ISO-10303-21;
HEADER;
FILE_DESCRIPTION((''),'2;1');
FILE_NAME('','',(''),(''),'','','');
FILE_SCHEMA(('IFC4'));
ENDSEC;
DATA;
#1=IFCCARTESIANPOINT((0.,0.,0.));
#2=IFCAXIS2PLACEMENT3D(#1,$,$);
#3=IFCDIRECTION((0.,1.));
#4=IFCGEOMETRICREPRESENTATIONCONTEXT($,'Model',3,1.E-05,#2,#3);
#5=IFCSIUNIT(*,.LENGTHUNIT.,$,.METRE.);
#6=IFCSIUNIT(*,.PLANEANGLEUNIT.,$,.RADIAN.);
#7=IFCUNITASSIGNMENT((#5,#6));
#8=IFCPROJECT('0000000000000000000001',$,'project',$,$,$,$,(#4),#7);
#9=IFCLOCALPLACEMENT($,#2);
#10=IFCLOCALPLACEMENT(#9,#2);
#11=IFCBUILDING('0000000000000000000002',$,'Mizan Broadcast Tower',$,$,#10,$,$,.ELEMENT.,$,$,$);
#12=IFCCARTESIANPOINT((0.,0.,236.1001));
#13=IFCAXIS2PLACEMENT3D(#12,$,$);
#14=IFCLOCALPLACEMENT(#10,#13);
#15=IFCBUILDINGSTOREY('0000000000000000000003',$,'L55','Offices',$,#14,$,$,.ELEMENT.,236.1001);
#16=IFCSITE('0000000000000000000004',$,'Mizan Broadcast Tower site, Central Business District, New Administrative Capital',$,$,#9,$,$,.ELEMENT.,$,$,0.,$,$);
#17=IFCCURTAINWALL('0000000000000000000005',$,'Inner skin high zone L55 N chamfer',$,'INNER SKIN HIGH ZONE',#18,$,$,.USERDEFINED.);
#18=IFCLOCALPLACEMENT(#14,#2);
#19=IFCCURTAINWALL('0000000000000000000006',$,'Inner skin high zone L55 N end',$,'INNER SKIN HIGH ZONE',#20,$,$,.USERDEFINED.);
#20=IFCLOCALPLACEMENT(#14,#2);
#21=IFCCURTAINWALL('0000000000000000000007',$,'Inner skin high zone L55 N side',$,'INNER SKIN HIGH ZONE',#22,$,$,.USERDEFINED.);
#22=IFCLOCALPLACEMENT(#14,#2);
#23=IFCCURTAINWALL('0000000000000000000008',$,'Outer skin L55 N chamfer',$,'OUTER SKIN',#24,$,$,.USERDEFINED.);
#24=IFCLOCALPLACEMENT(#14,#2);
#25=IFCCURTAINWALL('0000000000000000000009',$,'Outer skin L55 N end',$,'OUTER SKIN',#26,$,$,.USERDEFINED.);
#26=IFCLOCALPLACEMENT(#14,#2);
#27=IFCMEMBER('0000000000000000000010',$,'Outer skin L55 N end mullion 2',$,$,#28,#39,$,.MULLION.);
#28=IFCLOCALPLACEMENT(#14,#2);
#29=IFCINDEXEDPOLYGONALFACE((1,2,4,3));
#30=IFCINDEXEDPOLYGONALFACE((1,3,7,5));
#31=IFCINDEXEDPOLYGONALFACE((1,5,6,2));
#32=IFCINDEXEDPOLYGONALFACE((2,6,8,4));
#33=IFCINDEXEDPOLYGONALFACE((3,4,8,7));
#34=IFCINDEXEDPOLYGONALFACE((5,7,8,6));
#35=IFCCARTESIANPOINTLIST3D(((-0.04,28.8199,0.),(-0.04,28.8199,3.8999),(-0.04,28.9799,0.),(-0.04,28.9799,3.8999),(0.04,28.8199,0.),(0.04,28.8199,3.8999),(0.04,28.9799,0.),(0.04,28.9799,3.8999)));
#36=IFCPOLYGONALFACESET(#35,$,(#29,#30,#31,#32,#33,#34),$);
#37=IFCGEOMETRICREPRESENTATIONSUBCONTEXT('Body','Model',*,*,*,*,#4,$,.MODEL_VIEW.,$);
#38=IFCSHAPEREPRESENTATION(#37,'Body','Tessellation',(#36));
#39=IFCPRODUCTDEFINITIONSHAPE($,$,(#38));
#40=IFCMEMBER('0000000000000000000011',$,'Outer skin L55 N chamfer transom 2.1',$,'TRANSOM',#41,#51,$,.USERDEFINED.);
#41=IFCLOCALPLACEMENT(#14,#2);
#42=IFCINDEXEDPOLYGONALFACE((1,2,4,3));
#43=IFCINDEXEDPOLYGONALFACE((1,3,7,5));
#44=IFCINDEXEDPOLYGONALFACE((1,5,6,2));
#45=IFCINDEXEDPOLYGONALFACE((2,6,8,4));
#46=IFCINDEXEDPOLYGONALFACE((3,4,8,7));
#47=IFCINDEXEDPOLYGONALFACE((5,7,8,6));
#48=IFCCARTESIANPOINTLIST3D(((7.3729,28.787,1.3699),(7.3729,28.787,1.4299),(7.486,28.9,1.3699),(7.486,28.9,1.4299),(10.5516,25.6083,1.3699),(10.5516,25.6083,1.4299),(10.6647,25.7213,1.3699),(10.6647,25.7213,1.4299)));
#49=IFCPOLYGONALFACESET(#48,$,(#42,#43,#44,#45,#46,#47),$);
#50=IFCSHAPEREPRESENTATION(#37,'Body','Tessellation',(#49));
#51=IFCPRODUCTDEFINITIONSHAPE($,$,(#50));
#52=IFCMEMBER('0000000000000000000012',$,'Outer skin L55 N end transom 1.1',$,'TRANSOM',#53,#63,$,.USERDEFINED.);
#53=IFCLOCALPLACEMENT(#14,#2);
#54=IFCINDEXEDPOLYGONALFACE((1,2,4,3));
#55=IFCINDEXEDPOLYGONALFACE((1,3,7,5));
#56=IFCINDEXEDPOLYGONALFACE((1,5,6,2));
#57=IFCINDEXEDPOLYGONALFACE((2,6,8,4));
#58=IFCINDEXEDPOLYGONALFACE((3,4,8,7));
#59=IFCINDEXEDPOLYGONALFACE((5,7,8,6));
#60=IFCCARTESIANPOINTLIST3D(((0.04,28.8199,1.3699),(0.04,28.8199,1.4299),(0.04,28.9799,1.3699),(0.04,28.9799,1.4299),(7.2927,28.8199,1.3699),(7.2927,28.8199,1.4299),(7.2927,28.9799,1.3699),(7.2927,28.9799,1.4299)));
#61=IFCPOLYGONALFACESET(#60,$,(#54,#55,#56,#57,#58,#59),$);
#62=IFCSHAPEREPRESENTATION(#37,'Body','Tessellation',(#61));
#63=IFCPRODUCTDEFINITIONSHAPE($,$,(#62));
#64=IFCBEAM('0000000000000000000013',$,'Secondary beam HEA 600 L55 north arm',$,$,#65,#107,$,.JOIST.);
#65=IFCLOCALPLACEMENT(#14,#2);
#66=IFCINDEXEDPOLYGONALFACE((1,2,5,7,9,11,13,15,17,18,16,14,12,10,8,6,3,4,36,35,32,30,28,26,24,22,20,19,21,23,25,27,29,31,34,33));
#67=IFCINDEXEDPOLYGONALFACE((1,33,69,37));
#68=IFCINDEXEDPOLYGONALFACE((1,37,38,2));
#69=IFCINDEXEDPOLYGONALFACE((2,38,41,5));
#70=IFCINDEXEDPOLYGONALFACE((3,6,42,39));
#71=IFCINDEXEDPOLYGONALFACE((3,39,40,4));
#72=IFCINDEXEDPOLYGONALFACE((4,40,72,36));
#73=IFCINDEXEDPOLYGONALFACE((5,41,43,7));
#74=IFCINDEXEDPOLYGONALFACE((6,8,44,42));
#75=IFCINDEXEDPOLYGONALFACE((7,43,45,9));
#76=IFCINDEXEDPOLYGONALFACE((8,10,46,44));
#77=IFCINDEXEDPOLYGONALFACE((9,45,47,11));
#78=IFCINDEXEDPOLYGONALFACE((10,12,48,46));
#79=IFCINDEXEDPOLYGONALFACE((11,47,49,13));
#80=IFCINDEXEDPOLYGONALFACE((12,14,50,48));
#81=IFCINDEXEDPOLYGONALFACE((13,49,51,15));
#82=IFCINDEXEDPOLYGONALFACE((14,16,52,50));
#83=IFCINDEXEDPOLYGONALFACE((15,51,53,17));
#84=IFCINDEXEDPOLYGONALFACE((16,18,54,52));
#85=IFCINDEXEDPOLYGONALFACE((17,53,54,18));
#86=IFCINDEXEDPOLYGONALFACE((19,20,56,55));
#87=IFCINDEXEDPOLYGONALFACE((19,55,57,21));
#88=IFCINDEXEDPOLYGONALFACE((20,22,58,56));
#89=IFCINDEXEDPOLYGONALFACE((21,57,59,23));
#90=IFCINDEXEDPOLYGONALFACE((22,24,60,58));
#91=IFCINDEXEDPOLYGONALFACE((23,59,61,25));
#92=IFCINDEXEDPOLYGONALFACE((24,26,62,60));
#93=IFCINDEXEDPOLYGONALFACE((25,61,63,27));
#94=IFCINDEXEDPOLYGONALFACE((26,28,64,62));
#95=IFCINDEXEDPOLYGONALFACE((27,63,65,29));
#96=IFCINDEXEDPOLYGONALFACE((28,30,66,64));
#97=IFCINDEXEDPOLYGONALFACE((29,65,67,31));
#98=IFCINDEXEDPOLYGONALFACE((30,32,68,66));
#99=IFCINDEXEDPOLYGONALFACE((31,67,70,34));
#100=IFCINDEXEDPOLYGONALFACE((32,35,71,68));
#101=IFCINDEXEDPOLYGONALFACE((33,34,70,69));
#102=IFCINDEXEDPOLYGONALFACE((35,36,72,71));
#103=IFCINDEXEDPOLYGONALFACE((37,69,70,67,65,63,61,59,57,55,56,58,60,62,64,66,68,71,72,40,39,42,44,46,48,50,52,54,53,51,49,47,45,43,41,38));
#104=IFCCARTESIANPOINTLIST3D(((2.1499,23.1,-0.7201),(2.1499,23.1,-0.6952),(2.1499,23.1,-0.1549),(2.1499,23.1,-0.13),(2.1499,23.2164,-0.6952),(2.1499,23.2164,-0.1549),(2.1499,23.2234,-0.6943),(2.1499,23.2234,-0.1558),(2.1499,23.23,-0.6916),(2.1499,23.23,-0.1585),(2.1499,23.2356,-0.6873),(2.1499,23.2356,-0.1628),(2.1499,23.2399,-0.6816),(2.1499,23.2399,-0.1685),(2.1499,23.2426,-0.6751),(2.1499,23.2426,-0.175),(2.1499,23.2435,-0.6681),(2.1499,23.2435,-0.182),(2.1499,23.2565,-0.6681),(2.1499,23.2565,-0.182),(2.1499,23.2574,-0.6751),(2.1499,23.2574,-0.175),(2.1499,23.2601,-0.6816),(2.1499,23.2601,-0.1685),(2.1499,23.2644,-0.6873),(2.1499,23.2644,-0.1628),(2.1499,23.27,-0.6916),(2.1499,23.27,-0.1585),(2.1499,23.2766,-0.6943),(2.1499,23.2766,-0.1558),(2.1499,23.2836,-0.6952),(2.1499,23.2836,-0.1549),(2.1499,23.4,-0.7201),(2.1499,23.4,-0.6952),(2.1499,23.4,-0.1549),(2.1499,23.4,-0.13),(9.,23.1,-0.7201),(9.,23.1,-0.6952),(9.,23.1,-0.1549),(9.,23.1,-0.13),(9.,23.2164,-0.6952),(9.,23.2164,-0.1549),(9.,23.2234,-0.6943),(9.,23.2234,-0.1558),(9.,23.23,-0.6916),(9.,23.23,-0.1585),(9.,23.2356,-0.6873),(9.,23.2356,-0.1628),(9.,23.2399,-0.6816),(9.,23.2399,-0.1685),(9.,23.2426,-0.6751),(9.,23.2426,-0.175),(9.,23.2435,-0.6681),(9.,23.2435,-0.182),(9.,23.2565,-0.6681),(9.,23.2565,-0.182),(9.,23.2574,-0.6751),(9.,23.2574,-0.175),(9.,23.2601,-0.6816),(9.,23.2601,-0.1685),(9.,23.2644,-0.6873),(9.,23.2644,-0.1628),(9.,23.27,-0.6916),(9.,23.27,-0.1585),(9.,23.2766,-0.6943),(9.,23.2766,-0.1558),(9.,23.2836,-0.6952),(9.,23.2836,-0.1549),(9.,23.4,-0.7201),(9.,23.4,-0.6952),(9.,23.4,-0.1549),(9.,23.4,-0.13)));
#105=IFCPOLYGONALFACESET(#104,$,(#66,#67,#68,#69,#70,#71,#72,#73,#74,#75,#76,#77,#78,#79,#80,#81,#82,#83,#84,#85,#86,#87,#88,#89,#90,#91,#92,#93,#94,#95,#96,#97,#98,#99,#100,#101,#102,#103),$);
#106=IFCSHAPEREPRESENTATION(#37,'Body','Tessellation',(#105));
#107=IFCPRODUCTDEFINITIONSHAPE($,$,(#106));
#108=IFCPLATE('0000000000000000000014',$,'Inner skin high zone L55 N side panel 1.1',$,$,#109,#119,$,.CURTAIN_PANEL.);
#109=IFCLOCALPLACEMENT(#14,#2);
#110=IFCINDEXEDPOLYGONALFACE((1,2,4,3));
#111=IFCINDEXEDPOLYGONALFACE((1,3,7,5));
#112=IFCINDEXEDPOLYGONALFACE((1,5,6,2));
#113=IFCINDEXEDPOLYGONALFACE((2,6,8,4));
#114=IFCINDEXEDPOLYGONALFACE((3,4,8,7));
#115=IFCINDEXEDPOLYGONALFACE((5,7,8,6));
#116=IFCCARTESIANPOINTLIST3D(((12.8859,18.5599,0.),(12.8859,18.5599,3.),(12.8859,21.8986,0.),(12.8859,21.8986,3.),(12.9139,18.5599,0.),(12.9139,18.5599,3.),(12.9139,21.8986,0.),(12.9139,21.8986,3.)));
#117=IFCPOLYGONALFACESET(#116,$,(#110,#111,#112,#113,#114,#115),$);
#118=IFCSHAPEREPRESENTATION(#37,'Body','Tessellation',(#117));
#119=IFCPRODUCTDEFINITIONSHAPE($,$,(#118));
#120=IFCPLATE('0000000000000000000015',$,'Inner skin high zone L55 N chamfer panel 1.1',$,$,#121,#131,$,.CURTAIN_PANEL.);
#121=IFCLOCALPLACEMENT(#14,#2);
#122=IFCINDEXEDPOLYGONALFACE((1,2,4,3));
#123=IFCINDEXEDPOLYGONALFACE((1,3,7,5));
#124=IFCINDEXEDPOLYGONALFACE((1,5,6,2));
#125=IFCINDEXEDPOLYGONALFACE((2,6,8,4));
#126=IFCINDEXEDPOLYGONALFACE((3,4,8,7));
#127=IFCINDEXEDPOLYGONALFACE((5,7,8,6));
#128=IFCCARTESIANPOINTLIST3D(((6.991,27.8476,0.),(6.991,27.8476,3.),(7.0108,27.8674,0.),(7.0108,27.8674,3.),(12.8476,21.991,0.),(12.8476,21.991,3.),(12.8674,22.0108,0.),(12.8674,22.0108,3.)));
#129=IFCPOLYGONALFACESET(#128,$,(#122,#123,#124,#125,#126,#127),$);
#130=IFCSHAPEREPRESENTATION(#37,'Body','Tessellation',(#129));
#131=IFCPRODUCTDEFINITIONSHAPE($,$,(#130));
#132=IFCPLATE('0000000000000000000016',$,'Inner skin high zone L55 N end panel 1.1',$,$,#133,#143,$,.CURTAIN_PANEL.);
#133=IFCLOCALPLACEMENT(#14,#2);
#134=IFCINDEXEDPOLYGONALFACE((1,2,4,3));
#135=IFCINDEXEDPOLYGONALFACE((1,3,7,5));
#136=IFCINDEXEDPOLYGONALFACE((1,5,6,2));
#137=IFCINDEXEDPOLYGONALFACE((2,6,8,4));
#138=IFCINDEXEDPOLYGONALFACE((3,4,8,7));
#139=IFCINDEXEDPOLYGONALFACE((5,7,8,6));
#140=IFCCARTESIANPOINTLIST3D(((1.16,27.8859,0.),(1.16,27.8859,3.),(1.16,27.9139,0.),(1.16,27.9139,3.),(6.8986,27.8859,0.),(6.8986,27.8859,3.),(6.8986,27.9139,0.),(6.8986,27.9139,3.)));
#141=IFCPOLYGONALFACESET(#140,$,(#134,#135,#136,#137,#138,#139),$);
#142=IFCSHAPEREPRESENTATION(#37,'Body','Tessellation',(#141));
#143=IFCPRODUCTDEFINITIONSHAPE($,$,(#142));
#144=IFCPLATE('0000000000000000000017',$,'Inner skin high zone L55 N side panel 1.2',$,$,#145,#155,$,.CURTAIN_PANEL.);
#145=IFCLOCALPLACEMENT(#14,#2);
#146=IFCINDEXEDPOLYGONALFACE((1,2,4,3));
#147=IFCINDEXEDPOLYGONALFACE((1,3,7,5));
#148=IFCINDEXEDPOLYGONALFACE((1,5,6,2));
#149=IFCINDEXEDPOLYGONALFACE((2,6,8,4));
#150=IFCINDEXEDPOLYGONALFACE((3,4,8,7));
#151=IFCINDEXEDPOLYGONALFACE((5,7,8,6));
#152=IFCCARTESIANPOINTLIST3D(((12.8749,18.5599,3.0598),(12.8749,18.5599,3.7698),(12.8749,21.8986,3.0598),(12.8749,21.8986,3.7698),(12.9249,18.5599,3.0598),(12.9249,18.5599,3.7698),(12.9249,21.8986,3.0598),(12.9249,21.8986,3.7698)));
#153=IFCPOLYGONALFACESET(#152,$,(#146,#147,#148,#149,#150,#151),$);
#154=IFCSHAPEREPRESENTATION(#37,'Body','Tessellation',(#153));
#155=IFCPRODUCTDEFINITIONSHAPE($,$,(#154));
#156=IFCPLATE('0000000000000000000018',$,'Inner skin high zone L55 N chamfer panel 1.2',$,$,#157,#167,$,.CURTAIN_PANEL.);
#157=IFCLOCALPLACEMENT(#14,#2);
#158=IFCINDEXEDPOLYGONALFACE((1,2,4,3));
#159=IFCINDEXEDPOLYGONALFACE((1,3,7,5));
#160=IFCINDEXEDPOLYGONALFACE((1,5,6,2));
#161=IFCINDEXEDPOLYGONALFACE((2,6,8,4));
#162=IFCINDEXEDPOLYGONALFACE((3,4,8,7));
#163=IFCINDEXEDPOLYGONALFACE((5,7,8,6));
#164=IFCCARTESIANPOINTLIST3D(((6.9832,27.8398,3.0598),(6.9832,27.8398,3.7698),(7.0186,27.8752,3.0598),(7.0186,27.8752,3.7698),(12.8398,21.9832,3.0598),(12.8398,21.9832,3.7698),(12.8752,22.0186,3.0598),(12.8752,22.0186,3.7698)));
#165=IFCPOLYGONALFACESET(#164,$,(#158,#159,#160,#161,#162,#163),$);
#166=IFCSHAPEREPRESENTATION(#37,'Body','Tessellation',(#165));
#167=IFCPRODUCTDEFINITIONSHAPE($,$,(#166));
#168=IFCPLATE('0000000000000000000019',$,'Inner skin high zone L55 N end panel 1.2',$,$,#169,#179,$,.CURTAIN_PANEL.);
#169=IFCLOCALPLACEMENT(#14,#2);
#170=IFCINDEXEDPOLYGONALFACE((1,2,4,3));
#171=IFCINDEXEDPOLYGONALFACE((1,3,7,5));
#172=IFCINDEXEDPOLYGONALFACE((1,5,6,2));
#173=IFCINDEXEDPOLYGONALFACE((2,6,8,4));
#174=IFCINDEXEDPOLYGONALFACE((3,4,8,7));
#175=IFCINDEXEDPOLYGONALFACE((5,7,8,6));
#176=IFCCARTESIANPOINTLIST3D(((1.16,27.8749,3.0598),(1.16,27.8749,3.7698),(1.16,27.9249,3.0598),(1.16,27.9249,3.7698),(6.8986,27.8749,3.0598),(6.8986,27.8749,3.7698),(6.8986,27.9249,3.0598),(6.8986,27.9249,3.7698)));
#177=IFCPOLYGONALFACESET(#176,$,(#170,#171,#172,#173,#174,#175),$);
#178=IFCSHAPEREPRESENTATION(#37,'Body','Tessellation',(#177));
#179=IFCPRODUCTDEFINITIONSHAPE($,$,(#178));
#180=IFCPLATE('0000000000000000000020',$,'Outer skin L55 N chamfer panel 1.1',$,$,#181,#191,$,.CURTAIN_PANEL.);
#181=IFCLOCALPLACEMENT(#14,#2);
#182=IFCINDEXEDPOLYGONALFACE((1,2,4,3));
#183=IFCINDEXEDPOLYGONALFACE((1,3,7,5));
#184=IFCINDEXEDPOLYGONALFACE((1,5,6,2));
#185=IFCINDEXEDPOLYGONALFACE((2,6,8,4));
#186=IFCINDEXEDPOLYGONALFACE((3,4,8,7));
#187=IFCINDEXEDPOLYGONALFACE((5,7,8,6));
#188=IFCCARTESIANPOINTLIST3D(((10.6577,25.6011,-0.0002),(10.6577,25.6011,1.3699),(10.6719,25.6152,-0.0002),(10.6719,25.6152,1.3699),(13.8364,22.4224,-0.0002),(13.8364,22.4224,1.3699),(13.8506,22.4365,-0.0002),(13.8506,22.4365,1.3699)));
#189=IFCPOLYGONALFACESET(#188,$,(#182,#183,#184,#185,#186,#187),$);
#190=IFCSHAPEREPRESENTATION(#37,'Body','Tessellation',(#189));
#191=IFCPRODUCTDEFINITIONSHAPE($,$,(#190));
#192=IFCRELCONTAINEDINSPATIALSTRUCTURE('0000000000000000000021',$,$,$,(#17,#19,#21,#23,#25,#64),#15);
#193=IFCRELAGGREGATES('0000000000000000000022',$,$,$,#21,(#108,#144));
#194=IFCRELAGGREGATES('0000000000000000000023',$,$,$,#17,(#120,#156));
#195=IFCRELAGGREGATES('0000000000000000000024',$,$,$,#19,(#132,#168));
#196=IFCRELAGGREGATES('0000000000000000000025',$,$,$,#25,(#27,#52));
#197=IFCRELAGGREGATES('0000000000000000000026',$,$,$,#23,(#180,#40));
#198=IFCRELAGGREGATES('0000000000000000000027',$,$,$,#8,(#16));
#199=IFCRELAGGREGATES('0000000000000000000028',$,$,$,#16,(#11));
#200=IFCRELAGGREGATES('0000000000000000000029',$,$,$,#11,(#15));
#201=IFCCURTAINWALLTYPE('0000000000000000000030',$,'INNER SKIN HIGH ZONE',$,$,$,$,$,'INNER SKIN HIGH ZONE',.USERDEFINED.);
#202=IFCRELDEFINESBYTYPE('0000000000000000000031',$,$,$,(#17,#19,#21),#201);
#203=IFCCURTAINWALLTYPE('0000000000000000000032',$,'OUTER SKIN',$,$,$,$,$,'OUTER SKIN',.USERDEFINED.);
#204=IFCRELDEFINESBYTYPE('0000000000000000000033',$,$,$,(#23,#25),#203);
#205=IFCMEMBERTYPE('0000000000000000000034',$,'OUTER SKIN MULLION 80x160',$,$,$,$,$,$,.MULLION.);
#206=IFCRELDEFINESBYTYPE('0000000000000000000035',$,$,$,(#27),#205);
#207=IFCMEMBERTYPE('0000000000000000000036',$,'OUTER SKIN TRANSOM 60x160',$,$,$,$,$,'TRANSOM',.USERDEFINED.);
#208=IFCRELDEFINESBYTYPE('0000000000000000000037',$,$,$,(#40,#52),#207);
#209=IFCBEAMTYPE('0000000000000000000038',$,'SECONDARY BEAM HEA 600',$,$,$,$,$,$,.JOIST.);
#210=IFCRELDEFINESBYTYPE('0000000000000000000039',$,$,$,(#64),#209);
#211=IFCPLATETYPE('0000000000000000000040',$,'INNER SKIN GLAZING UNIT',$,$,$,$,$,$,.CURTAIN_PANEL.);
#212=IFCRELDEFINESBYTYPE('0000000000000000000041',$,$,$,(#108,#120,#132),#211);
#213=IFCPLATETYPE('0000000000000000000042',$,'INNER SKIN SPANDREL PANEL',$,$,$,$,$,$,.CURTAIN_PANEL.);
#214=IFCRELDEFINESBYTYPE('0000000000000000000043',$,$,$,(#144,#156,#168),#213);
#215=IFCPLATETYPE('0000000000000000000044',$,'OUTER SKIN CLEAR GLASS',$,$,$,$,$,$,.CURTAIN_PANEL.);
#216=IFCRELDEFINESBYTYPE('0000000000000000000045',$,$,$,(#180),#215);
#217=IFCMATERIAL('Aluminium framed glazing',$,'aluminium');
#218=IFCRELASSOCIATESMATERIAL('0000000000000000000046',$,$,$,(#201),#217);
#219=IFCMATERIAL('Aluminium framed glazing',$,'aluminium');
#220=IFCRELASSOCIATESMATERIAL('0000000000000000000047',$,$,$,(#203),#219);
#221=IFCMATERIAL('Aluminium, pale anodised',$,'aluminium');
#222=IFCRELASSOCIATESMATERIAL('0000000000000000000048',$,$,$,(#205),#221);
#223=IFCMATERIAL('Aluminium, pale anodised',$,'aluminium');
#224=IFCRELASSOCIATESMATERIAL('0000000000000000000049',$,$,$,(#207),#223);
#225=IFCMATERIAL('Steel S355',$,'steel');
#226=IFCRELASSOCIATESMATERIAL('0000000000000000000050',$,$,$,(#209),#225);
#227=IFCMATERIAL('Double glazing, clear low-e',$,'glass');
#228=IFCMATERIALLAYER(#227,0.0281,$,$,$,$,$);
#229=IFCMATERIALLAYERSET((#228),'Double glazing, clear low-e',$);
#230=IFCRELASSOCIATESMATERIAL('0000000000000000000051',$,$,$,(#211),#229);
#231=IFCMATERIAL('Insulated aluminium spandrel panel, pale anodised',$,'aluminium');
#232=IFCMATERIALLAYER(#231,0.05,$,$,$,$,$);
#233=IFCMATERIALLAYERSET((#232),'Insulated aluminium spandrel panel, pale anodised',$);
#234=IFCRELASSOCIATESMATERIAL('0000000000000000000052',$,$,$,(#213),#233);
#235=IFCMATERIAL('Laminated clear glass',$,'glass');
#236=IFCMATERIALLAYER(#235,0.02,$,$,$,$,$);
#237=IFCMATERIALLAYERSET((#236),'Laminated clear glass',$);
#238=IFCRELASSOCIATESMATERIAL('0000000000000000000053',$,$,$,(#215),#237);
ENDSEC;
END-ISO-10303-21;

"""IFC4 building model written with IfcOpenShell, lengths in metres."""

from ifc_helpers import new_model, si_unit, direction, frame, origin, origin_2d, place, context, subcontext, project, spatial, rectangle, i_section, extrude, material, layer, layer_set, material_profile, profile_set, type_object, element, aggregate, save


model = new_model("IFC4")

# Units and contexts
model_context = context("Model", 3, precision=1e-05, world=origin(), true_north=direction((0.0, 1.0)))
body_context = subcontext(model_context, "Body", "Model", "MODEL_VIEW")
ifc_project = project(units=[si_unit("LENGTHUNIT", "METRE"), si_unit("PLANEANGLEUNIT", "RADIAN")], contexts=[model_context])

# Site, building, storey
site_placement = place(None, origin())
site = spatial("IfcSite", under=ifc_project, at=site_placement, Name="Mizan Broadcast Tower site, Central Business District, New Administrative Capital", CompositionType="ELEMENT", RefElevation=0.0)
building_placement = place(site_placement, origin())
building = spatial("IfcBuilding", under=site, at=building_placement, Name="Mizan Broadcast Tower", CompositionType="ELEMENT")
storey_placement = place(building_placement, frame((0.0, 0.0, 236.1001)))
storey = spatial("IfcBuildingStorey", under=building, at=storey_placement, Name="L55", Description="Offices", CompositionType="ELEMENT", Elevation=236.1001)

# Curtain walls
ifc_material_1 = material(Name="Aluminium framed glazing", Category="aluminium")
curtain_wall_type_1 = type_object("IfcCurtainWallType", Name="INNER SKIN HIGH ZONE", ElementType="INNER SKIN HIGH ZONE", PredefinedType="USERDEFINED", material=ifc_material_1)
curtain_wall_1_placement = place(storey_placement, origin())
curtain_wall_1 = element("IfcCurtainWall", 1, at=curtain_wall_1_placement, inside=storey, type_object=curtain_wall_type_1, Name="Inner skin high zone L55 N chamfer", ObjectType="INNER SKIN HIGH ZONE", PredefinedType="USERDEFINED")
curtain_wall_2_placement = place(storey_placement, origin())
curtain_wall_2 = element("IfcCurtainWall", 2, at=curtain_wall_2_placement, inside=storey, type_object=curtain_wall_type_1, Name="Inner skin high zone L55 N end", ObjectType="INNER SKIN HIGH ZONE", PredefinedType="USERDEFINED")
curtain_wall_3_placement = place(storey_placement, origin())
curtain_wall_3 = element("IfcCurtainWall", 3, at=curtain_wall_3_placement, inside=storey, type_object=curtain_wall_type_1, Name="Inner skin high zone L55 N side", ObjectType="INNER SKIN HIGH ZONE", PredefinedType="USERDEFINED")

# Curtain wall
ifc_material_2 = material(Name="Aluminium framed glazing", Category="aluminium")
curtain_wall_type_2 = type_object("IfcCurtainWallType", Name="OUTER SKIN", ElementType="OUTER SKIN", PredefinedType="USERDEFINED", material=ifc_material_2)
curtain_wall_4_placement = place(storey_placement, origin())
curtain_wall_4 = element("IfcCurtainWall", 4, at=curtain_wall_4_placement, inside=storey, type_object=curtain_wall_type_2, Name="Outer skin L55 N chamfer", ObjectType="OUTER SKIN", PredefinedType="USERDEFINED")
ifc_material_3 = material(Name="Aluminium, pale anodised", Category="aluminium")
ifc_material_profile_1 = material_profile(ifc_material_3, rectangle(XDim=0.1599, YDim=0.0801, at=origin_2d()), Name="MULLION 160x80")
ifc_profile_set_1 = profile_set([ifc_material_profile_1], Name="Aluminium, pale anodised")
member_type_1 = type_object("IfcMemberType", Name="OUTER SKIN MULLION 80x160", PredefinedType="MULLION", material=ifc_profile_set_1)

# Curtain wall, member
curtain_wall_5_placement = place(storey_placement, origin())
curtain_wall_5 = element("IfcCurtainWall", 5, at=curtain_wall_5_placement, inside=storey, type_object=curtain_wall_type_2, Name="Outer skin L55 N end", ObjectType="OUTER SKIN", PredefinedType="USERDEFINED")
member_1_placement = place(storey_placement, frame((0.0, 28.8999, 0.0), z_axis=(0.0, 0.0, 1.0), x_axis=(0.0, -1.0, 0.0)))
member_1 = element("IfcMember", 6, at=member_1_placement, type_object=member_type_1, Name="Outer skin L55 N end mullion 2", PredefinedType="MULLION", context=body_context, shape_type="SweptSolid", body=[
    extrude(rectangle(XDim=0.1599, YDim=0.0801, at=origin_2d()), origin(), (0.0, 0.0, 1.0), 3.8999),
])

# Members
ifc_material_4 = material(Name="Aluminium, pale anodised", Category="aluminium")
ifc_material_profile_2 = material_profile(ifc_material_4, rectangle(XDim=0.1599, YDim=0.0601, at=origin_2d()), Name="TRANSOM 160x60")
ifc_profile_set_2 = profile_set([ifc_material_profile_2], Name="Aluminium, pale anodised")
member_type_2 = type_object("IfcMemberType", Name="OUTER SKIN TRANSOM 60x160", ElementType="TRANSOM", PredefinedType="USERDEFINED", material=ifc_profile_set_2)
member_2_placement = place(storey_placement, frame((10.6082, 25.6648, 1.3999), z_axis=(-0.707107, 0.707107, 0.0), x_axis=(-0.707107, -0.707107, 0.0)))
member_2 = element("IfcMember", 7, at=member_2_placement, type_object=member_type_2, Name="Outer skin L55 N chamfer transom 2.1", ObjectType="TRANSOM", PredefinedType="USERDEFINED", context=body_context, shape_type="SweptSolid", body=[
    extrude(rectangle(XDim=0.1599, YDim=0.0601, at=origin_2d()), origin(), (0.0, 0.0, 1.0), 4.4954),
])
member_3_placement = place(storey_placement, frame((7.2927, 28.8999, 1.3999), z_axis=(-1.0, 0.0, 0.0), x_axis=(0.0, -1.0, 0.0)))
member_3 = element("IfcMember", 8, at=member_3_placement, type_object=member_type_2, Name="Outer skin L55 N end transom 1.1", ObjectType="TRANSOM", PredefinedType="USERDEFINED", context=body_context, shape_type="SweptSolid", body=[
    extrude(rectangle(XDim=0.1599, YDim=0.0601, at=origin_2d()), origin(), (0.0, 0.0, 1.0), 7.2527),
])

# Beam
ifc_material_5 = material(Name="Steel S355", Category="steel")
ifc_material_profile_3 = material_profile(ifc_material_5, i_section(OverallWidth=0.3, OverallDepth=0.5901, WebThickness=0.0129, FlangeThickness=0.0249, FilletRadius=0.0271, at=origin_2d()), Name="HEA 600")
ifc_profile_set_3 = profile_set([ifc_material_profile_3], Name="Steel S355")
beam_type_1 = type_object("IfcBeamType", Name="SECONDARY BEAM HEA 600", PredefinedType="JOIST", material=ifc_profile_set_3)
beam_1_placement = place(storey_placement, frame((9.0, 23.25, -0.425), z_axis=(-1.0, 0.0, 0.0), x_axis=(0.0, -1.0, 0.0)))
element("IfcBeam", 9, at=beam_1_placement, inside=storey, type_object=beam_type_1, Name="Secondary beam HEA 600 L55 north arm", PredefinedType="JOIST", context=body_context, shape_type="SweptSolid", body=[
    extrude(i_section(OverallWidth=0.3, OverallDepth=0.5901, WebThickness=0.0129, FlangeThickness=0.0249, FilletRadius=0.0271, at=origin_2d()), origin(), (0.0, 0.0, 1.0), 6.8501),
])

# Plates
ifc_material_6 = material(Name="Double glazing, clear low-e", Category="glass")
ifc_layer_1 = layer(ifc_material_6, 0.0281)
ifc_layer_set_1 = layer_set([ifc_layer_1], Name="Double glazing, clear low-e")
plate_type_1 = type_object("IfcPlateType", Name="INNER SKIN GLAZING UNIT", PredefinedType="CURTAIN_PANEL", material=ifc_layer_set_1)
plate_1_placement = place(storey_placement, frame((12.8999, 20.2292, 0.0), z_axis=(0.0, 0.0, 1.0), x_axis=(0.0, 1.0, 0.0)))
plate_1 = element("IfcPlate", 10, at=plate_1_placement, type_object=plate_type_1, Name="Inner skin high zone L55 N side panel 1.1", PredefinedType="CURTAIN_PANEL", context=body_context, shape_type="SweptSolid", body=[
    extrude(rectangle(XDim=3.3386, YDim=0.0281, at=origin_2d()), origin(), (0.0, 0.0, 1.0), 3.0),
])
plate_2_placement = place(storey_placement, frame((9.9292, 24.9292, 0.0), z_axis=(0.0, 0.0, 1.0), x_axis=(-0.707107, 0.707107, 0.0)))
plate_2 = element("IfcPlate", 11, at=plate_2_placement, type_object=plate_type_1, Name="Inner skin high zone L55 N chamfer panel 1.1", PredefinedType="CURTAIN_PANEL", context=body_context, shape_type="SweptSolid", body=[
    extrude(rectangle(XDim=8.2825, YDim=0.0281, at=origin_2d()), origin(), (0.0, 0.0, 1.0), 3.0),
])
plate_3_placement = place(storey_placement, frame((4.0293, 27.8999, 0.0), z_axis=(0.0, 0.0, 1.0), x_axis=(-1.0, 0.0, 0.0)))
plate_3 = element("IfcPlate", 12, at=plate_3_placement, type_object=plate_type_1, Name="Inner skin high zone L55 N end panel 1.1", PredefinedType="CURTAIN_PANEL", context=body_context, shape_type="SweptSolid", body=[
    extrude(rectangle(XDim=5.7385, YDim=0.0281, at=origin_2d()), origin(), (0.0, 0.0, 1.0), 3.0),
])
ifc_material_7 = material(Name="Insulated aluminium spandrel panel, pale anodised", Category="aluminium")
ifc_layer_2 = layer(ifc_material_7, 0.05)
ifc_layer_set_2 = layer_set([ifc_layer_2], Name="Insulated aluminium spandrel panel, pale anodised")
plate_type_2 = type_object("IfcPlateType", Name="INNER SKIN SPANDREL PANEL", PredefinedType="CURTAIN_PANEL", material=ifc_layer_set_2)
plate_4_placement = place(storey_placement, frame((12.8999, 20.2292, 3.0598), z_axis=(0.0, 0.0, 1.0), x_axis=(0.0, 1.0, 0.0)))
plate_4 = element("IfcPlate", 13, at=plate_4_placement, type_object=plate_type_2, Name="Inner skin high zone L55 N side panel 1.2", PredefinedType="CURTAIN_PANEL", context=body_context, shape_type="SweptSolid", body=[
    extrude(rectangle(XDim=3.3386, YDim=0.05, at=origin_2d()), origin(), (0.0, 0.0, 1.0), 0.71),
])
aggregate(curtain_wall_3, [plate_1, plate_4])
plate_5_placement = place(storey_placement, frame((9.9292, 24.9292, 3.0598), z_axis=(0.0, 0.0, 1.0), x_axis=(-0.707107, 0.707107, 0.0)))
plate_5 = element("IfcPlate", 14, at=plate_5_placement, type_object=plate_type_2, Name="Inner skin high zone L55 N chamfer panel 1.2", PredefinedType="CURTAIN_PANEL", context=body_context, shape_type="SweptSolid", body=[
    extrude(rectangle(XDim=8.2825, YDim=0.05, at=origin_2d()), origin(), (0.0, 0.0, 1.0), 0.71),
])
aggregate(curtain_wall_1, [plate_2, plate_5])
plate_6_placement = place(storey_placement, frame((4.0293, 27.8999, 3.0598), z_axis=(0.0, 0.0, 1.0), x_axis=(-1.0, 0.0, 0.0)))
plate_6 = element("IfcPlate", 15, at=plate_6_placement, type_object=plate_type_2, Name="Inner skin high zone L55 N end panel 1.2", PredefinedType="CURTAIN_PANEL", context=body_context, shape_type="SweptSolid", body=[
    extrude(rectangle(XDim=5.7385, YDim=0.05, at=origin_2d()), origin(), (0.0, 0.0, 1.0), 0.71),
])
aggregate(curtain_wall_2, [plate_3, plate_6])
ifc_material_8 = material(Name="Laminated clear glass", Category="glass")
ifc_layer_3 = layer(ifc_material_8, 0.02)
ifc_layer_set_3 = layer_set([ifc_layer_3], Name="Laminated clear glass")
plate_type_3 = type_object("IfcPlateType", Name="OUTER SKIN CLEAR GLASS", PredefinedType="CURTAIN_PANEL", material=ifc_layer_set_3)
plate_7_placement = place(storey_placement, frame((12.2542, 24.0188, -0.0002), z_axis=(0.0, 0.0, 1.0), x_axis=(-0.707107, 0.707107, 0.0)))
plate_7 = element("IfcPlate", 16, at=plate_7_placement, type_object=plate_type_3, Name="Outer skin L55 N chamfer panel 1.1", PredefinedType="CURTAIN_PANEL", context=body_context, shape_type="SweptSolid", body=[
    extrude(rectangle(XDim=4.4954, YDim=0.02, at=origin_2d()), origin(), (0.0, 0.0, 1.0), 1.3701),
])
aggregate(curtain_wall_5, [member_1, member_3])
aggregate(curtain_wall_4, [plate_7, member_2])

save(model, "model.ifc")
